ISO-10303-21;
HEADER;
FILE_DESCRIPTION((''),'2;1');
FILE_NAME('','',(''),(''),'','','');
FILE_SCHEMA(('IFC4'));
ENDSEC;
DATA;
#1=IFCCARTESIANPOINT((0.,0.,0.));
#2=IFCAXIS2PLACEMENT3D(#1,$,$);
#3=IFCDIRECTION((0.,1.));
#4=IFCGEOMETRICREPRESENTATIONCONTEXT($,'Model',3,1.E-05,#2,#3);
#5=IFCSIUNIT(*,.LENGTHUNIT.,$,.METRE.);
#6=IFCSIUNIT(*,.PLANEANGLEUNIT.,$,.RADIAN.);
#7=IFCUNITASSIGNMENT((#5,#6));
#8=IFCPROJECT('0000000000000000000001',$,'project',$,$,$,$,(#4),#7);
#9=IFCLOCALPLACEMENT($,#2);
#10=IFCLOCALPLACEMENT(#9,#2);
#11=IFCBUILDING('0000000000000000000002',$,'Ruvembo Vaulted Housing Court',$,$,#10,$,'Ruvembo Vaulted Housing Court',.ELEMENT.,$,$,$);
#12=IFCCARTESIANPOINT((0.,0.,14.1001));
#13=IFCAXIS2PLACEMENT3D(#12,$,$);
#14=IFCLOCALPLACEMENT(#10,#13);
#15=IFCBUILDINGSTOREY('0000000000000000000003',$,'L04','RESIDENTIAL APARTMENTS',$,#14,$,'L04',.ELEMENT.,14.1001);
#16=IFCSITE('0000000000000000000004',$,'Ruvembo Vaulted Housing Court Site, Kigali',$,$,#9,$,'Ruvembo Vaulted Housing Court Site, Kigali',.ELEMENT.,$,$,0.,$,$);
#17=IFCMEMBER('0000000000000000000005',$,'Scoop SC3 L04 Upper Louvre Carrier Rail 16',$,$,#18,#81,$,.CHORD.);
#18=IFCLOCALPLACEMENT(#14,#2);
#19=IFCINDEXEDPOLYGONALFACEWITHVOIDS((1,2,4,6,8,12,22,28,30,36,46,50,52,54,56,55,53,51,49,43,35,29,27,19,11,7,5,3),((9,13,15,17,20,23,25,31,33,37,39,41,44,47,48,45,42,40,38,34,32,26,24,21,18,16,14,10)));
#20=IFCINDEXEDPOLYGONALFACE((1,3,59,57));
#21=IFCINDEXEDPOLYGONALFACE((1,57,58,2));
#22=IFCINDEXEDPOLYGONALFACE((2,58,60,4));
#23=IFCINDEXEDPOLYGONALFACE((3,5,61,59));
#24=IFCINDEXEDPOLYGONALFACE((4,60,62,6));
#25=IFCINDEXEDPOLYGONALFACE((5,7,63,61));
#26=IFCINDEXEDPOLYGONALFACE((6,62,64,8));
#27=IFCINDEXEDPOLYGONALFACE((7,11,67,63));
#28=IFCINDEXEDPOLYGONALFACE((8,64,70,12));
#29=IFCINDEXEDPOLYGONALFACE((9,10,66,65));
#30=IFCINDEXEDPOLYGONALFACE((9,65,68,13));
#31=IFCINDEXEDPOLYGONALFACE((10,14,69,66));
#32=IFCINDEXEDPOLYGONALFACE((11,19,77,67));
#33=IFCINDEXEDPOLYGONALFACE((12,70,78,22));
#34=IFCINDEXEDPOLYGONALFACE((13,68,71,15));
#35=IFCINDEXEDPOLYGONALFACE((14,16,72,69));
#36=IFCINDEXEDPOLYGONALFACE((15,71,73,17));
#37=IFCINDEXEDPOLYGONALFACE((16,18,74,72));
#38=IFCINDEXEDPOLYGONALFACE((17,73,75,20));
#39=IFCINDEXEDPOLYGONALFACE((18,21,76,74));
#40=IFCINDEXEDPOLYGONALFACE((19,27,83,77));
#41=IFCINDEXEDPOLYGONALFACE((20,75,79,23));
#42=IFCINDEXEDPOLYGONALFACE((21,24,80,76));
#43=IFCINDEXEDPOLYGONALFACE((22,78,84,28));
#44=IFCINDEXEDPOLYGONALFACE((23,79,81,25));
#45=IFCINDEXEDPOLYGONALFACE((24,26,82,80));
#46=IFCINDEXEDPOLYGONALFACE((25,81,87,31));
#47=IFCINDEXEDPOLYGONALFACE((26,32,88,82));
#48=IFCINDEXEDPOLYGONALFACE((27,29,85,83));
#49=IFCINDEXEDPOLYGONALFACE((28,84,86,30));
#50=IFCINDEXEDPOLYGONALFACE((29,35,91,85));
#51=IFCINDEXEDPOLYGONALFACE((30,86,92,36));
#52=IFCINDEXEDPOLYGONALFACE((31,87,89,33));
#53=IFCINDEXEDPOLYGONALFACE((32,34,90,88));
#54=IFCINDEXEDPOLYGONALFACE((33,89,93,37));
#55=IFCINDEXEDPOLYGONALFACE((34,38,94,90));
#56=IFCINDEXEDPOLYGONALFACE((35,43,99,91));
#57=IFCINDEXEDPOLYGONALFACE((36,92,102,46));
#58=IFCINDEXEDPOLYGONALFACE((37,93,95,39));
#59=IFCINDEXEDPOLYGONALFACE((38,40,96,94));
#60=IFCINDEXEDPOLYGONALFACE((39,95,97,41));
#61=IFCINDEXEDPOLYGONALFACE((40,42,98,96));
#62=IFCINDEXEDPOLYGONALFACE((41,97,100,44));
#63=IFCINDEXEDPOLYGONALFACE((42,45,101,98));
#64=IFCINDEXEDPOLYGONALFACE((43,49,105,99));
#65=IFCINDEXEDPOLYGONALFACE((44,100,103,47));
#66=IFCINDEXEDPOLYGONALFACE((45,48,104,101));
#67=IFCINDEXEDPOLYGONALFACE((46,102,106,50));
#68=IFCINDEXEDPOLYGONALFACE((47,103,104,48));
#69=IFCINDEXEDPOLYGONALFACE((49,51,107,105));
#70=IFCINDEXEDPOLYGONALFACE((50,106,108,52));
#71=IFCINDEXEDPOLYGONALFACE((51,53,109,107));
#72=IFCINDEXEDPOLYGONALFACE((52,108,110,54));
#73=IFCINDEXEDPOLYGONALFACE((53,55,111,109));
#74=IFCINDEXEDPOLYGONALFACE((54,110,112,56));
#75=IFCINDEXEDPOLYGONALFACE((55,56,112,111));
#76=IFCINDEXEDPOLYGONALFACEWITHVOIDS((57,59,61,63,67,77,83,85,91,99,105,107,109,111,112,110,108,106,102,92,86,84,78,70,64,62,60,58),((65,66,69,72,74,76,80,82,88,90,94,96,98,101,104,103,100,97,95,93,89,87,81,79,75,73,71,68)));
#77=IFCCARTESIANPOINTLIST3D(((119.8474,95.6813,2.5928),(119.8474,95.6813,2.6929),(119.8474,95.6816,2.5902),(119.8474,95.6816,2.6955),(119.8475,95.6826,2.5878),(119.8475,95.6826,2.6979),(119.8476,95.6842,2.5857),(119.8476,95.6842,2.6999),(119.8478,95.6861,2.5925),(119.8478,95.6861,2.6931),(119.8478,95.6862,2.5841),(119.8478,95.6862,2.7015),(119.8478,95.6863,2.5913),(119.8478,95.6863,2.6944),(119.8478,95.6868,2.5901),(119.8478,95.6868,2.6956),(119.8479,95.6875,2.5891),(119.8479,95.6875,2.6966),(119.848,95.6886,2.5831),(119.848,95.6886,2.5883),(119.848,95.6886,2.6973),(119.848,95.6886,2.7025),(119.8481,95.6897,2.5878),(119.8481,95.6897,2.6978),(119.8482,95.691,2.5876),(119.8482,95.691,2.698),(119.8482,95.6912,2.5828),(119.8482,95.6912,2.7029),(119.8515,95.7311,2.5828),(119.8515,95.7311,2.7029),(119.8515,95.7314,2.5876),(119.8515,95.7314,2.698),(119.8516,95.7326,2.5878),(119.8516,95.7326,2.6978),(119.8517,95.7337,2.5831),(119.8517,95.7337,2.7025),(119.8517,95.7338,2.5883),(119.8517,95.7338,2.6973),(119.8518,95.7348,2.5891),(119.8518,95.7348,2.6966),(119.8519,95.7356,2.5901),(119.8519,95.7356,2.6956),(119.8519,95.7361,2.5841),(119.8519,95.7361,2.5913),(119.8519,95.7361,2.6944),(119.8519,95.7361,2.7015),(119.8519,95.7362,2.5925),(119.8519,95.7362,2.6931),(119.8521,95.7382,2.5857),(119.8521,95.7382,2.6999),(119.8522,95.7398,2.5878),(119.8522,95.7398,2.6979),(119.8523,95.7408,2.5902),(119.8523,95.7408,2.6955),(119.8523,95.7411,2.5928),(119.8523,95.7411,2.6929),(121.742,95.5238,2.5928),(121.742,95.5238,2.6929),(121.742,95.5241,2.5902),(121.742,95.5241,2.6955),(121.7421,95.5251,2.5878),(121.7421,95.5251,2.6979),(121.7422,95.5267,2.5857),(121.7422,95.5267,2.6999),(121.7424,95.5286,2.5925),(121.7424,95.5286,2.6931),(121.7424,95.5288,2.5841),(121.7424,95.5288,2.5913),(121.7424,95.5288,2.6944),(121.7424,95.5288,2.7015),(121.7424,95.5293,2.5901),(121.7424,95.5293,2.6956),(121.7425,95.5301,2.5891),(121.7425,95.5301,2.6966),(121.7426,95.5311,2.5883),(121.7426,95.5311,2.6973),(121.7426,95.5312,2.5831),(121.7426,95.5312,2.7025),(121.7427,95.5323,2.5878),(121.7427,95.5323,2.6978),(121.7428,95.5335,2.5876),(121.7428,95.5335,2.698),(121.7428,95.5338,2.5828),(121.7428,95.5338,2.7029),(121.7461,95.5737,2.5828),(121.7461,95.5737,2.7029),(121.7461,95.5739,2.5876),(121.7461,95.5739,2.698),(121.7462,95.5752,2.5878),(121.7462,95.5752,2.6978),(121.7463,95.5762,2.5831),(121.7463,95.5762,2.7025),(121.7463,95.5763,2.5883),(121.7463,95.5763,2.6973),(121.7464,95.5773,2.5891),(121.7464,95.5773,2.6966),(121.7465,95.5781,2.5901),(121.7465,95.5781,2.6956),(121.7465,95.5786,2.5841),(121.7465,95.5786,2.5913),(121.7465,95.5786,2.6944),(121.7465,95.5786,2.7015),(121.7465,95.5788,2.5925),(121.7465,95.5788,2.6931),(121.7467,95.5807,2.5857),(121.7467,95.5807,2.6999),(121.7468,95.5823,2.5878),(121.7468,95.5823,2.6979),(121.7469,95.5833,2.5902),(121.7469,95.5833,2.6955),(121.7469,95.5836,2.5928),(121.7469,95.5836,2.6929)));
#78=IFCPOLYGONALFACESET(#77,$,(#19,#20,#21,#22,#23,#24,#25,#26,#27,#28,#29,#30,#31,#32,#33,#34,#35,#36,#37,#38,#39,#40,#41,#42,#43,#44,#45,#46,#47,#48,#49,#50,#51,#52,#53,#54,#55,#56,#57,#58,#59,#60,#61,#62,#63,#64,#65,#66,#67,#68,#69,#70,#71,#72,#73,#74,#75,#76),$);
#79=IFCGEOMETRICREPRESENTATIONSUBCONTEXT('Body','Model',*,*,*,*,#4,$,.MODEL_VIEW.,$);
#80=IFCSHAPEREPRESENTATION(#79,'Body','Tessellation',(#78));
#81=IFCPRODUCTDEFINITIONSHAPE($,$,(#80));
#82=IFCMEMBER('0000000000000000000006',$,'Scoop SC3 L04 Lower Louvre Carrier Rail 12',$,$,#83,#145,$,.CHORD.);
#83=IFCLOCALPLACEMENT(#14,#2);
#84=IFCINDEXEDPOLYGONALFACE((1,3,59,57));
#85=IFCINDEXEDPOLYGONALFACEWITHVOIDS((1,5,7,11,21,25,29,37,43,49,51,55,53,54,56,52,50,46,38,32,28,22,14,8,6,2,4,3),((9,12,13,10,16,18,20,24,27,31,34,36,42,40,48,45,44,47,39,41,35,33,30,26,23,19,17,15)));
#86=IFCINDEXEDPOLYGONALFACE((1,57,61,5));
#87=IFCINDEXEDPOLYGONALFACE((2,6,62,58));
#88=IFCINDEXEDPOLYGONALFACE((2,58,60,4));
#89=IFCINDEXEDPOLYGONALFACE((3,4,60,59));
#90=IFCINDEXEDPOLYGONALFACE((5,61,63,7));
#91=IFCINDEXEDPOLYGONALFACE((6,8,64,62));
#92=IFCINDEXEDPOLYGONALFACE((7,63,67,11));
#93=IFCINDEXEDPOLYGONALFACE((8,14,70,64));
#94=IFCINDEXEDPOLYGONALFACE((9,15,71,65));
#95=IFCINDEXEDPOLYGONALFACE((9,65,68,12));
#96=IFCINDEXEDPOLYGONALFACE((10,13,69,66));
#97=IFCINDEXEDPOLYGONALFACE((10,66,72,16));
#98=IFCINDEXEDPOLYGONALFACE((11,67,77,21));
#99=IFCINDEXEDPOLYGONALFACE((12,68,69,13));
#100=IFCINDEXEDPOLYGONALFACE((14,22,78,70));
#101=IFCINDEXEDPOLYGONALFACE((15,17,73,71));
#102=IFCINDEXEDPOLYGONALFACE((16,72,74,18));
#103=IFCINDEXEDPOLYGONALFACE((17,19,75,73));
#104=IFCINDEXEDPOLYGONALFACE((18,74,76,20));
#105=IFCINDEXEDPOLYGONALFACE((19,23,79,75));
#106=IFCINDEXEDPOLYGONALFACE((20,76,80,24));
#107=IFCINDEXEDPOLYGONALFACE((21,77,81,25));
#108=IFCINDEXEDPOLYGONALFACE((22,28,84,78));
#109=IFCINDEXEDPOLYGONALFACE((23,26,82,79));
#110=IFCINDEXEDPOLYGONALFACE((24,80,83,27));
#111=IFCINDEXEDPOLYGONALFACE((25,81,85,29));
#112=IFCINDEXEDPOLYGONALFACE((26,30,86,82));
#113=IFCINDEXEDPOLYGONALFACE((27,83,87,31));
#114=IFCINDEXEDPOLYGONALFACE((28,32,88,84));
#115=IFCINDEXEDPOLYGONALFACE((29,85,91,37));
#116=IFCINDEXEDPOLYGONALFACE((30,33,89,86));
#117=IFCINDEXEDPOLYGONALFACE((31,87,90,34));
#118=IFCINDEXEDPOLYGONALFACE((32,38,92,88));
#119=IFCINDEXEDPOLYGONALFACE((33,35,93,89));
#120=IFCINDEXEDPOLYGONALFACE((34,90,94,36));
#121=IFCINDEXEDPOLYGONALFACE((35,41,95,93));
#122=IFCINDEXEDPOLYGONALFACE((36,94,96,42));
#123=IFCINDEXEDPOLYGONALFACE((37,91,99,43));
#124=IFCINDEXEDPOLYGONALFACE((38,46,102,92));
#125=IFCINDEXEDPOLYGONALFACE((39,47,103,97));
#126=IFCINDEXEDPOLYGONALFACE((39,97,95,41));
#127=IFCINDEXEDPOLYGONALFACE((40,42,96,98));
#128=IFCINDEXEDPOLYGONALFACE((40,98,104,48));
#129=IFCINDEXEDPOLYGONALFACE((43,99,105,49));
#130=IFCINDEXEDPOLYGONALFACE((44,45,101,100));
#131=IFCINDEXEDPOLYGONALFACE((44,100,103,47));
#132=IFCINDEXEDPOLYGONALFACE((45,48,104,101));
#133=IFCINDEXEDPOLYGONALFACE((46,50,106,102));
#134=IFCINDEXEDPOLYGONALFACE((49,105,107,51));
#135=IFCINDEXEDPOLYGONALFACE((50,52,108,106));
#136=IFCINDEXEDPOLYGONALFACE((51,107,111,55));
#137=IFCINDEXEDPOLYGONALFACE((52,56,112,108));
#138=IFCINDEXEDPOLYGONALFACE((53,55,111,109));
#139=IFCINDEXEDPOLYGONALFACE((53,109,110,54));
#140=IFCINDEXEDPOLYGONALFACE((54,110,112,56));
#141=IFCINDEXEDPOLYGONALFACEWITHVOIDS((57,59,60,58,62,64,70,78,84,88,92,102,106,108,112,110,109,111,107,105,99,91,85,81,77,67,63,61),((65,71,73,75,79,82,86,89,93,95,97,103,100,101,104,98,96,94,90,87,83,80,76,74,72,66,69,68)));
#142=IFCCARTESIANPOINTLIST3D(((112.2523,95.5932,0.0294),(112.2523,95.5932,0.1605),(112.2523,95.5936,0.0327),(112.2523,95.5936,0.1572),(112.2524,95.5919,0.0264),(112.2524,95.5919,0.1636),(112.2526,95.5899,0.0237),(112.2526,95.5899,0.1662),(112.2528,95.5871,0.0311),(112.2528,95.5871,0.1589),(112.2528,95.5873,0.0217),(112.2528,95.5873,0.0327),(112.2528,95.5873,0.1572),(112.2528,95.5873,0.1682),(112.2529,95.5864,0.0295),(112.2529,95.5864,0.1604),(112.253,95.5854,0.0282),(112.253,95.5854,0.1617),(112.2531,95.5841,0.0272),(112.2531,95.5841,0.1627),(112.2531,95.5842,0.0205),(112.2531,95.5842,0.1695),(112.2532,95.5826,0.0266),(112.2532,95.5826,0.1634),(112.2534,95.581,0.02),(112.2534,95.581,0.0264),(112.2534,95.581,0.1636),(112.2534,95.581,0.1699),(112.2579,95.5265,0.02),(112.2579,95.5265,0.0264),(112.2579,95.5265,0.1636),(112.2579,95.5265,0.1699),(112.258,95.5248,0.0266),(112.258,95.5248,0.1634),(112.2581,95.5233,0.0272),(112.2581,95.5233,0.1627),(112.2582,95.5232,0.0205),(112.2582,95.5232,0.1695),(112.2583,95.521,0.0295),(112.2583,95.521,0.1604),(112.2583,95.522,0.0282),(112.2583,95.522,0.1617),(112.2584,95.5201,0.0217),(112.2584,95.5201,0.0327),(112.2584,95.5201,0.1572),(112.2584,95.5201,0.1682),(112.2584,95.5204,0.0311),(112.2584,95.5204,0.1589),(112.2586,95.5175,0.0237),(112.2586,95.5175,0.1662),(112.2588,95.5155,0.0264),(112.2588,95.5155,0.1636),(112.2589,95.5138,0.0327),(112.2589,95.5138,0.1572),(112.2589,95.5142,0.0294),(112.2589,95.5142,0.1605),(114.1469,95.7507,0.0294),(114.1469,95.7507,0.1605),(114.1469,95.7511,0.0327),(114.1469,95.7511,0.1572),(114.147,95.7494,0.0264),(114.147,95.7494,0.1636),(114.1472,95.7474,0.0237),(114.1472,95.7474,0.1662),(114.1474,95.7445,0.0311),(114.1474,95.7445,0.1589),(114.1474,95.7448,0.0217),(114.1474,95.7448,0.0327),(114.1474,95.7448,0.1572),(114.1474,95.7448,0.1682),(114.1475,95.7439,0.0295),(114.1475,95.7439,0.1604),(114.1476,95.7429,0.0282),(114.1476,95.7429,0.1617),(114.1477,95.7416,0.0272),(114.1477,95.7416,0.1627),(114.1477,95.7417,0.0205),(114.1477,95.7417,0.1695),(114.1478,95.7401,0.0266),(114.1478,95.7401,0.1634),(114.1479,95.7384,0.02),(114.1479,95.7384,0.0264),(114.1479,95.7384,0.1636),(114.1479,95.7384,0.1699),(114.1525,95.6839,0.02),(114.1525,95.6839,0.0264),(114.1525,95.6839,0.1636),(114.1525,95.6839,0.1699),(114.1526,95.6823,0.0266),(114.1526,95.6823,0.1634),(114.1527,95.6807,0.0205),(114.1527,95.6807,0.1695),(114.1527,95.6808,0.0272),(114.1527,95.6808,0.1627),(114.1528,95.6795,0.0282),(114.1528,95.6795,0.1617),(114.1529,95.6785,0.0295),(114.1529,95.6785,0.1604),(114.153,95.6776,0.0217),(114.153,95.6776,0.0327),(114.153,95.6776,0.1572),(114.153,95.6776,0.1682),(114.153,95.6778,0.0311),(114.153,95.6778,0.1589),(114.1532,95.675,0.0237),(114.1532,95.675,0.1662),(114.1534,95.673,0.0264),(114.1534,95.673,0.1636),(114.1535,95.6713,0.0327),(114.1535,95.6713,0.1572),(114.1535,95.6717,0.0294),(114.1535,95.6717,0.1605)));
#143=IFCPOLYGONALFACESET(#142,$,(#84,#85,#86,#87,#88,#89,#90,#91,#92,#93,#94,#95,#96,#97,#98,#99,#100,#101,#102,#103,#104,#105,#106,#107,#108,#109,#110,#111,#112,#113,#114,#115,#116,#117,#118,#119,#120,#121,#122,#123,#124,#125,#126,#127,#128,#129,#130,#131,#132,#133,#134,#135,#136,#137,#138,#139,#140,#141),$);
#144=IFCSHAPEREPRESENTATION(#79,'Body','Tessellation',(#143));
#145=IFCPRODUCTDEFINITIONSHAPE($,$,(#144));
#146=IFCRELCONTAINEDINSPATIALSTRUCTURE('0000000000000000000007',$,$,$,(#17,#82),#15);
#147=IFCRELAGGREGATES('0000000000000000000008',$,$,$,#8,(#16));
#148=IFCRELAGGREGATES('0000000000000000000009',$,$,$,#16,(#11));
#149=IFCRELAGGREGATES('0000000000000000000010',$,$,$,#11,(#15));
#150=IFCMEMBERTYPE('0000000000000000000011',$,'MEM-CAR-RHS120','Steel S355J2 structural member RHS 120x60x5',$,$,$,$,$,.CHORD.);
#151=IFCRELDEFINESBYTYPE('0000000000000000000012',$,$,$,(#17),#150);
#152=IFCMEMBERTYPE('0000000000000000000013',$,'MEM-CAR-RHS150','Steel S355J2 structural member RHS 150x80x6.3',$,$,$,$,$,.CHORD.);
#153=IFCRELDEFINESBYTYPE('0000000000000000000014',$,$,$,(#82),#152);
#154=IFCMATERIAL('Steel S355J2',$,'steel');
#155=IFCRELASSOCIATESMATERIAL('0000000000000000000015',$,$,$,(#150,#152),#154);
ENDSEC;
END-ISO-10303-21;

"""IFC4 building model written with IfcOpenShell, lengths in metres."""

from ifc_helpers import new_model, si_unit, direction, frame, origin, origin_2d, place, context, subcontext, project, spatial, hollow_rectangle, extrude, material, material_profile, profile_set, type_object, element, save


model = new_model("IFC4")

# Units and contexts
model_context = context("Model", 3, precision=1e-05, world=origin(), true_north=direction((0.0, 1.0)))
body_context = subcontext(model_context, "Body", "Model", "MODEL_VIEW")
ifc_project = project(units=[si_unit("LENGTHUNIT", "METRE"), si_unit("PLANEANGLEUNIT", "RADIAN")], contexts=[model_context])

# Site, building, storey
site_placement = place(None, origin())
site = spatial("IfcSite", under=ifc_project, at=site_placement, Name="Ruvembo Vaulted Housing Court Site, Kigali", LongName="Ruvembo Vaulted Housing Court Site, Kigali", CompositionType="ELEMENT", RefElevation=0.0)
building_placement = place(site_placement, origin())
building = spatial("IfcBuilding", under=site, at=building_placement, Name="Ruvembo Vaulted Housing Court", LongName="Ruvembo Vaulted Housing Court", CompositionType="ELEMENT")
storey_placement = place(building_placement, frame((0.0, 0.0, 14.1001)))
storey = spatial("IfcBuildingStorey", under=building, at=storey_placement, Name="L04", Description="RESIDENTIAL APARTMENTS", LongName="L04", CompositionType="ELEMENT", Elevation=14.1001)

# Shared definitions
ifc_material_1 = material(Name="Steel S355J2", Category="steel")

# Members
ifc_material_profile_1 = material_profile(ifc_material_1, hollow_rectangle(XDim=0.0601, YDim=0.1201, WallThickness=0.0049, InnerFilletRadius=0.0049, OuterFilletRadius=0.01, at=origin_2d()), Name="RHS 120x60x5")
ifc_profile_set_1 = profile_set([ifc_material_profile_1], Name="Steel S355J2")
member_type_1 = type_object("IfcMemberType", Name="MEM-CAR-RHS120", Description="Steel S355J2 structural member RHS 120x60x5", PredefinedType="CHORD", material=ifc_profile_set_1)
for number, where, z_axis, x_axis, name in (
    (1, (119.8499, 95.7112, 2.6428), (0.996563, -0.082833, 0.0), (0.082833, 0.996563, 0.0), "Scoop SC3 L04 Upper Louvre Carrier Rail 16"),
):
    element("IfcMember", number, at=place(storey_placement, frame(where, z_axis=z_axis, x_axis=x_axis)), inside=storey, type_object=member_type_1, Name=name, PredefinedType="CHORD", context=body_context, shape_type="SweptSolid", body=[
        extrude(hollow_rectangle(XDim=0.0601, YDim=0.1201, WallThickness=0.0049, InnerFilletRadius=0.0049, OuterFilletRadius=0.01, at=origin_2d()), origin(), (0.0, 0.0, 1.0), 1.9011),
    ])
ifc_material_profile_2 = material_profile(ifc_material_1, hollow_rectangle(XDim=0.0801, YDim=0.1499, WallThickness=0.0063, InnerFilletRadius=0.0063, OuterFilletRadius=0.0127, at=origin_2d()), Name="RHS 150x80x6.3")
ifc_profile_set_2 = profile_set([ifc_material_profile_2], Name="Steel S355J2")
member_type_2 = type_object("IfcMemberType", Name="MEM-CAR-RHS150", Description="Steel S355J2 structural member RHS 150x80x6.3", PredefinedType="CHORD", material=ifc_profile_set_2)
for number, where, z_axis, x_axis, name in (
    (2, (112.2556, 95.5537, 0.095), (0.996563, 0.082833, 0.0), (-0.082833, 0.996563, 0.0), "Scoop SC3 L04 Lower Louvre Carrier Rail 12"),
):
    element("IfcMember", number, at=place(storey_placement, frame(where, z_axis=z_axis, x_axis=x_axis)), inside=storey, type_object=member_type_2, Name=name, PredefinedType="CHORD", context=body_context, shape_type="SweptSolid", body=[
        extrude(hollow_rectangle(XDim=0.0801, YDim=0.1499, WallThickness=0.0063, InnerFilletRadius=0.0063, OuterFilletRadius=0.0127, at=origin_2d()), origin(), (0.0, 0.0, 1.0), 1.9011),
    ])

save(model, "model.ifc")
